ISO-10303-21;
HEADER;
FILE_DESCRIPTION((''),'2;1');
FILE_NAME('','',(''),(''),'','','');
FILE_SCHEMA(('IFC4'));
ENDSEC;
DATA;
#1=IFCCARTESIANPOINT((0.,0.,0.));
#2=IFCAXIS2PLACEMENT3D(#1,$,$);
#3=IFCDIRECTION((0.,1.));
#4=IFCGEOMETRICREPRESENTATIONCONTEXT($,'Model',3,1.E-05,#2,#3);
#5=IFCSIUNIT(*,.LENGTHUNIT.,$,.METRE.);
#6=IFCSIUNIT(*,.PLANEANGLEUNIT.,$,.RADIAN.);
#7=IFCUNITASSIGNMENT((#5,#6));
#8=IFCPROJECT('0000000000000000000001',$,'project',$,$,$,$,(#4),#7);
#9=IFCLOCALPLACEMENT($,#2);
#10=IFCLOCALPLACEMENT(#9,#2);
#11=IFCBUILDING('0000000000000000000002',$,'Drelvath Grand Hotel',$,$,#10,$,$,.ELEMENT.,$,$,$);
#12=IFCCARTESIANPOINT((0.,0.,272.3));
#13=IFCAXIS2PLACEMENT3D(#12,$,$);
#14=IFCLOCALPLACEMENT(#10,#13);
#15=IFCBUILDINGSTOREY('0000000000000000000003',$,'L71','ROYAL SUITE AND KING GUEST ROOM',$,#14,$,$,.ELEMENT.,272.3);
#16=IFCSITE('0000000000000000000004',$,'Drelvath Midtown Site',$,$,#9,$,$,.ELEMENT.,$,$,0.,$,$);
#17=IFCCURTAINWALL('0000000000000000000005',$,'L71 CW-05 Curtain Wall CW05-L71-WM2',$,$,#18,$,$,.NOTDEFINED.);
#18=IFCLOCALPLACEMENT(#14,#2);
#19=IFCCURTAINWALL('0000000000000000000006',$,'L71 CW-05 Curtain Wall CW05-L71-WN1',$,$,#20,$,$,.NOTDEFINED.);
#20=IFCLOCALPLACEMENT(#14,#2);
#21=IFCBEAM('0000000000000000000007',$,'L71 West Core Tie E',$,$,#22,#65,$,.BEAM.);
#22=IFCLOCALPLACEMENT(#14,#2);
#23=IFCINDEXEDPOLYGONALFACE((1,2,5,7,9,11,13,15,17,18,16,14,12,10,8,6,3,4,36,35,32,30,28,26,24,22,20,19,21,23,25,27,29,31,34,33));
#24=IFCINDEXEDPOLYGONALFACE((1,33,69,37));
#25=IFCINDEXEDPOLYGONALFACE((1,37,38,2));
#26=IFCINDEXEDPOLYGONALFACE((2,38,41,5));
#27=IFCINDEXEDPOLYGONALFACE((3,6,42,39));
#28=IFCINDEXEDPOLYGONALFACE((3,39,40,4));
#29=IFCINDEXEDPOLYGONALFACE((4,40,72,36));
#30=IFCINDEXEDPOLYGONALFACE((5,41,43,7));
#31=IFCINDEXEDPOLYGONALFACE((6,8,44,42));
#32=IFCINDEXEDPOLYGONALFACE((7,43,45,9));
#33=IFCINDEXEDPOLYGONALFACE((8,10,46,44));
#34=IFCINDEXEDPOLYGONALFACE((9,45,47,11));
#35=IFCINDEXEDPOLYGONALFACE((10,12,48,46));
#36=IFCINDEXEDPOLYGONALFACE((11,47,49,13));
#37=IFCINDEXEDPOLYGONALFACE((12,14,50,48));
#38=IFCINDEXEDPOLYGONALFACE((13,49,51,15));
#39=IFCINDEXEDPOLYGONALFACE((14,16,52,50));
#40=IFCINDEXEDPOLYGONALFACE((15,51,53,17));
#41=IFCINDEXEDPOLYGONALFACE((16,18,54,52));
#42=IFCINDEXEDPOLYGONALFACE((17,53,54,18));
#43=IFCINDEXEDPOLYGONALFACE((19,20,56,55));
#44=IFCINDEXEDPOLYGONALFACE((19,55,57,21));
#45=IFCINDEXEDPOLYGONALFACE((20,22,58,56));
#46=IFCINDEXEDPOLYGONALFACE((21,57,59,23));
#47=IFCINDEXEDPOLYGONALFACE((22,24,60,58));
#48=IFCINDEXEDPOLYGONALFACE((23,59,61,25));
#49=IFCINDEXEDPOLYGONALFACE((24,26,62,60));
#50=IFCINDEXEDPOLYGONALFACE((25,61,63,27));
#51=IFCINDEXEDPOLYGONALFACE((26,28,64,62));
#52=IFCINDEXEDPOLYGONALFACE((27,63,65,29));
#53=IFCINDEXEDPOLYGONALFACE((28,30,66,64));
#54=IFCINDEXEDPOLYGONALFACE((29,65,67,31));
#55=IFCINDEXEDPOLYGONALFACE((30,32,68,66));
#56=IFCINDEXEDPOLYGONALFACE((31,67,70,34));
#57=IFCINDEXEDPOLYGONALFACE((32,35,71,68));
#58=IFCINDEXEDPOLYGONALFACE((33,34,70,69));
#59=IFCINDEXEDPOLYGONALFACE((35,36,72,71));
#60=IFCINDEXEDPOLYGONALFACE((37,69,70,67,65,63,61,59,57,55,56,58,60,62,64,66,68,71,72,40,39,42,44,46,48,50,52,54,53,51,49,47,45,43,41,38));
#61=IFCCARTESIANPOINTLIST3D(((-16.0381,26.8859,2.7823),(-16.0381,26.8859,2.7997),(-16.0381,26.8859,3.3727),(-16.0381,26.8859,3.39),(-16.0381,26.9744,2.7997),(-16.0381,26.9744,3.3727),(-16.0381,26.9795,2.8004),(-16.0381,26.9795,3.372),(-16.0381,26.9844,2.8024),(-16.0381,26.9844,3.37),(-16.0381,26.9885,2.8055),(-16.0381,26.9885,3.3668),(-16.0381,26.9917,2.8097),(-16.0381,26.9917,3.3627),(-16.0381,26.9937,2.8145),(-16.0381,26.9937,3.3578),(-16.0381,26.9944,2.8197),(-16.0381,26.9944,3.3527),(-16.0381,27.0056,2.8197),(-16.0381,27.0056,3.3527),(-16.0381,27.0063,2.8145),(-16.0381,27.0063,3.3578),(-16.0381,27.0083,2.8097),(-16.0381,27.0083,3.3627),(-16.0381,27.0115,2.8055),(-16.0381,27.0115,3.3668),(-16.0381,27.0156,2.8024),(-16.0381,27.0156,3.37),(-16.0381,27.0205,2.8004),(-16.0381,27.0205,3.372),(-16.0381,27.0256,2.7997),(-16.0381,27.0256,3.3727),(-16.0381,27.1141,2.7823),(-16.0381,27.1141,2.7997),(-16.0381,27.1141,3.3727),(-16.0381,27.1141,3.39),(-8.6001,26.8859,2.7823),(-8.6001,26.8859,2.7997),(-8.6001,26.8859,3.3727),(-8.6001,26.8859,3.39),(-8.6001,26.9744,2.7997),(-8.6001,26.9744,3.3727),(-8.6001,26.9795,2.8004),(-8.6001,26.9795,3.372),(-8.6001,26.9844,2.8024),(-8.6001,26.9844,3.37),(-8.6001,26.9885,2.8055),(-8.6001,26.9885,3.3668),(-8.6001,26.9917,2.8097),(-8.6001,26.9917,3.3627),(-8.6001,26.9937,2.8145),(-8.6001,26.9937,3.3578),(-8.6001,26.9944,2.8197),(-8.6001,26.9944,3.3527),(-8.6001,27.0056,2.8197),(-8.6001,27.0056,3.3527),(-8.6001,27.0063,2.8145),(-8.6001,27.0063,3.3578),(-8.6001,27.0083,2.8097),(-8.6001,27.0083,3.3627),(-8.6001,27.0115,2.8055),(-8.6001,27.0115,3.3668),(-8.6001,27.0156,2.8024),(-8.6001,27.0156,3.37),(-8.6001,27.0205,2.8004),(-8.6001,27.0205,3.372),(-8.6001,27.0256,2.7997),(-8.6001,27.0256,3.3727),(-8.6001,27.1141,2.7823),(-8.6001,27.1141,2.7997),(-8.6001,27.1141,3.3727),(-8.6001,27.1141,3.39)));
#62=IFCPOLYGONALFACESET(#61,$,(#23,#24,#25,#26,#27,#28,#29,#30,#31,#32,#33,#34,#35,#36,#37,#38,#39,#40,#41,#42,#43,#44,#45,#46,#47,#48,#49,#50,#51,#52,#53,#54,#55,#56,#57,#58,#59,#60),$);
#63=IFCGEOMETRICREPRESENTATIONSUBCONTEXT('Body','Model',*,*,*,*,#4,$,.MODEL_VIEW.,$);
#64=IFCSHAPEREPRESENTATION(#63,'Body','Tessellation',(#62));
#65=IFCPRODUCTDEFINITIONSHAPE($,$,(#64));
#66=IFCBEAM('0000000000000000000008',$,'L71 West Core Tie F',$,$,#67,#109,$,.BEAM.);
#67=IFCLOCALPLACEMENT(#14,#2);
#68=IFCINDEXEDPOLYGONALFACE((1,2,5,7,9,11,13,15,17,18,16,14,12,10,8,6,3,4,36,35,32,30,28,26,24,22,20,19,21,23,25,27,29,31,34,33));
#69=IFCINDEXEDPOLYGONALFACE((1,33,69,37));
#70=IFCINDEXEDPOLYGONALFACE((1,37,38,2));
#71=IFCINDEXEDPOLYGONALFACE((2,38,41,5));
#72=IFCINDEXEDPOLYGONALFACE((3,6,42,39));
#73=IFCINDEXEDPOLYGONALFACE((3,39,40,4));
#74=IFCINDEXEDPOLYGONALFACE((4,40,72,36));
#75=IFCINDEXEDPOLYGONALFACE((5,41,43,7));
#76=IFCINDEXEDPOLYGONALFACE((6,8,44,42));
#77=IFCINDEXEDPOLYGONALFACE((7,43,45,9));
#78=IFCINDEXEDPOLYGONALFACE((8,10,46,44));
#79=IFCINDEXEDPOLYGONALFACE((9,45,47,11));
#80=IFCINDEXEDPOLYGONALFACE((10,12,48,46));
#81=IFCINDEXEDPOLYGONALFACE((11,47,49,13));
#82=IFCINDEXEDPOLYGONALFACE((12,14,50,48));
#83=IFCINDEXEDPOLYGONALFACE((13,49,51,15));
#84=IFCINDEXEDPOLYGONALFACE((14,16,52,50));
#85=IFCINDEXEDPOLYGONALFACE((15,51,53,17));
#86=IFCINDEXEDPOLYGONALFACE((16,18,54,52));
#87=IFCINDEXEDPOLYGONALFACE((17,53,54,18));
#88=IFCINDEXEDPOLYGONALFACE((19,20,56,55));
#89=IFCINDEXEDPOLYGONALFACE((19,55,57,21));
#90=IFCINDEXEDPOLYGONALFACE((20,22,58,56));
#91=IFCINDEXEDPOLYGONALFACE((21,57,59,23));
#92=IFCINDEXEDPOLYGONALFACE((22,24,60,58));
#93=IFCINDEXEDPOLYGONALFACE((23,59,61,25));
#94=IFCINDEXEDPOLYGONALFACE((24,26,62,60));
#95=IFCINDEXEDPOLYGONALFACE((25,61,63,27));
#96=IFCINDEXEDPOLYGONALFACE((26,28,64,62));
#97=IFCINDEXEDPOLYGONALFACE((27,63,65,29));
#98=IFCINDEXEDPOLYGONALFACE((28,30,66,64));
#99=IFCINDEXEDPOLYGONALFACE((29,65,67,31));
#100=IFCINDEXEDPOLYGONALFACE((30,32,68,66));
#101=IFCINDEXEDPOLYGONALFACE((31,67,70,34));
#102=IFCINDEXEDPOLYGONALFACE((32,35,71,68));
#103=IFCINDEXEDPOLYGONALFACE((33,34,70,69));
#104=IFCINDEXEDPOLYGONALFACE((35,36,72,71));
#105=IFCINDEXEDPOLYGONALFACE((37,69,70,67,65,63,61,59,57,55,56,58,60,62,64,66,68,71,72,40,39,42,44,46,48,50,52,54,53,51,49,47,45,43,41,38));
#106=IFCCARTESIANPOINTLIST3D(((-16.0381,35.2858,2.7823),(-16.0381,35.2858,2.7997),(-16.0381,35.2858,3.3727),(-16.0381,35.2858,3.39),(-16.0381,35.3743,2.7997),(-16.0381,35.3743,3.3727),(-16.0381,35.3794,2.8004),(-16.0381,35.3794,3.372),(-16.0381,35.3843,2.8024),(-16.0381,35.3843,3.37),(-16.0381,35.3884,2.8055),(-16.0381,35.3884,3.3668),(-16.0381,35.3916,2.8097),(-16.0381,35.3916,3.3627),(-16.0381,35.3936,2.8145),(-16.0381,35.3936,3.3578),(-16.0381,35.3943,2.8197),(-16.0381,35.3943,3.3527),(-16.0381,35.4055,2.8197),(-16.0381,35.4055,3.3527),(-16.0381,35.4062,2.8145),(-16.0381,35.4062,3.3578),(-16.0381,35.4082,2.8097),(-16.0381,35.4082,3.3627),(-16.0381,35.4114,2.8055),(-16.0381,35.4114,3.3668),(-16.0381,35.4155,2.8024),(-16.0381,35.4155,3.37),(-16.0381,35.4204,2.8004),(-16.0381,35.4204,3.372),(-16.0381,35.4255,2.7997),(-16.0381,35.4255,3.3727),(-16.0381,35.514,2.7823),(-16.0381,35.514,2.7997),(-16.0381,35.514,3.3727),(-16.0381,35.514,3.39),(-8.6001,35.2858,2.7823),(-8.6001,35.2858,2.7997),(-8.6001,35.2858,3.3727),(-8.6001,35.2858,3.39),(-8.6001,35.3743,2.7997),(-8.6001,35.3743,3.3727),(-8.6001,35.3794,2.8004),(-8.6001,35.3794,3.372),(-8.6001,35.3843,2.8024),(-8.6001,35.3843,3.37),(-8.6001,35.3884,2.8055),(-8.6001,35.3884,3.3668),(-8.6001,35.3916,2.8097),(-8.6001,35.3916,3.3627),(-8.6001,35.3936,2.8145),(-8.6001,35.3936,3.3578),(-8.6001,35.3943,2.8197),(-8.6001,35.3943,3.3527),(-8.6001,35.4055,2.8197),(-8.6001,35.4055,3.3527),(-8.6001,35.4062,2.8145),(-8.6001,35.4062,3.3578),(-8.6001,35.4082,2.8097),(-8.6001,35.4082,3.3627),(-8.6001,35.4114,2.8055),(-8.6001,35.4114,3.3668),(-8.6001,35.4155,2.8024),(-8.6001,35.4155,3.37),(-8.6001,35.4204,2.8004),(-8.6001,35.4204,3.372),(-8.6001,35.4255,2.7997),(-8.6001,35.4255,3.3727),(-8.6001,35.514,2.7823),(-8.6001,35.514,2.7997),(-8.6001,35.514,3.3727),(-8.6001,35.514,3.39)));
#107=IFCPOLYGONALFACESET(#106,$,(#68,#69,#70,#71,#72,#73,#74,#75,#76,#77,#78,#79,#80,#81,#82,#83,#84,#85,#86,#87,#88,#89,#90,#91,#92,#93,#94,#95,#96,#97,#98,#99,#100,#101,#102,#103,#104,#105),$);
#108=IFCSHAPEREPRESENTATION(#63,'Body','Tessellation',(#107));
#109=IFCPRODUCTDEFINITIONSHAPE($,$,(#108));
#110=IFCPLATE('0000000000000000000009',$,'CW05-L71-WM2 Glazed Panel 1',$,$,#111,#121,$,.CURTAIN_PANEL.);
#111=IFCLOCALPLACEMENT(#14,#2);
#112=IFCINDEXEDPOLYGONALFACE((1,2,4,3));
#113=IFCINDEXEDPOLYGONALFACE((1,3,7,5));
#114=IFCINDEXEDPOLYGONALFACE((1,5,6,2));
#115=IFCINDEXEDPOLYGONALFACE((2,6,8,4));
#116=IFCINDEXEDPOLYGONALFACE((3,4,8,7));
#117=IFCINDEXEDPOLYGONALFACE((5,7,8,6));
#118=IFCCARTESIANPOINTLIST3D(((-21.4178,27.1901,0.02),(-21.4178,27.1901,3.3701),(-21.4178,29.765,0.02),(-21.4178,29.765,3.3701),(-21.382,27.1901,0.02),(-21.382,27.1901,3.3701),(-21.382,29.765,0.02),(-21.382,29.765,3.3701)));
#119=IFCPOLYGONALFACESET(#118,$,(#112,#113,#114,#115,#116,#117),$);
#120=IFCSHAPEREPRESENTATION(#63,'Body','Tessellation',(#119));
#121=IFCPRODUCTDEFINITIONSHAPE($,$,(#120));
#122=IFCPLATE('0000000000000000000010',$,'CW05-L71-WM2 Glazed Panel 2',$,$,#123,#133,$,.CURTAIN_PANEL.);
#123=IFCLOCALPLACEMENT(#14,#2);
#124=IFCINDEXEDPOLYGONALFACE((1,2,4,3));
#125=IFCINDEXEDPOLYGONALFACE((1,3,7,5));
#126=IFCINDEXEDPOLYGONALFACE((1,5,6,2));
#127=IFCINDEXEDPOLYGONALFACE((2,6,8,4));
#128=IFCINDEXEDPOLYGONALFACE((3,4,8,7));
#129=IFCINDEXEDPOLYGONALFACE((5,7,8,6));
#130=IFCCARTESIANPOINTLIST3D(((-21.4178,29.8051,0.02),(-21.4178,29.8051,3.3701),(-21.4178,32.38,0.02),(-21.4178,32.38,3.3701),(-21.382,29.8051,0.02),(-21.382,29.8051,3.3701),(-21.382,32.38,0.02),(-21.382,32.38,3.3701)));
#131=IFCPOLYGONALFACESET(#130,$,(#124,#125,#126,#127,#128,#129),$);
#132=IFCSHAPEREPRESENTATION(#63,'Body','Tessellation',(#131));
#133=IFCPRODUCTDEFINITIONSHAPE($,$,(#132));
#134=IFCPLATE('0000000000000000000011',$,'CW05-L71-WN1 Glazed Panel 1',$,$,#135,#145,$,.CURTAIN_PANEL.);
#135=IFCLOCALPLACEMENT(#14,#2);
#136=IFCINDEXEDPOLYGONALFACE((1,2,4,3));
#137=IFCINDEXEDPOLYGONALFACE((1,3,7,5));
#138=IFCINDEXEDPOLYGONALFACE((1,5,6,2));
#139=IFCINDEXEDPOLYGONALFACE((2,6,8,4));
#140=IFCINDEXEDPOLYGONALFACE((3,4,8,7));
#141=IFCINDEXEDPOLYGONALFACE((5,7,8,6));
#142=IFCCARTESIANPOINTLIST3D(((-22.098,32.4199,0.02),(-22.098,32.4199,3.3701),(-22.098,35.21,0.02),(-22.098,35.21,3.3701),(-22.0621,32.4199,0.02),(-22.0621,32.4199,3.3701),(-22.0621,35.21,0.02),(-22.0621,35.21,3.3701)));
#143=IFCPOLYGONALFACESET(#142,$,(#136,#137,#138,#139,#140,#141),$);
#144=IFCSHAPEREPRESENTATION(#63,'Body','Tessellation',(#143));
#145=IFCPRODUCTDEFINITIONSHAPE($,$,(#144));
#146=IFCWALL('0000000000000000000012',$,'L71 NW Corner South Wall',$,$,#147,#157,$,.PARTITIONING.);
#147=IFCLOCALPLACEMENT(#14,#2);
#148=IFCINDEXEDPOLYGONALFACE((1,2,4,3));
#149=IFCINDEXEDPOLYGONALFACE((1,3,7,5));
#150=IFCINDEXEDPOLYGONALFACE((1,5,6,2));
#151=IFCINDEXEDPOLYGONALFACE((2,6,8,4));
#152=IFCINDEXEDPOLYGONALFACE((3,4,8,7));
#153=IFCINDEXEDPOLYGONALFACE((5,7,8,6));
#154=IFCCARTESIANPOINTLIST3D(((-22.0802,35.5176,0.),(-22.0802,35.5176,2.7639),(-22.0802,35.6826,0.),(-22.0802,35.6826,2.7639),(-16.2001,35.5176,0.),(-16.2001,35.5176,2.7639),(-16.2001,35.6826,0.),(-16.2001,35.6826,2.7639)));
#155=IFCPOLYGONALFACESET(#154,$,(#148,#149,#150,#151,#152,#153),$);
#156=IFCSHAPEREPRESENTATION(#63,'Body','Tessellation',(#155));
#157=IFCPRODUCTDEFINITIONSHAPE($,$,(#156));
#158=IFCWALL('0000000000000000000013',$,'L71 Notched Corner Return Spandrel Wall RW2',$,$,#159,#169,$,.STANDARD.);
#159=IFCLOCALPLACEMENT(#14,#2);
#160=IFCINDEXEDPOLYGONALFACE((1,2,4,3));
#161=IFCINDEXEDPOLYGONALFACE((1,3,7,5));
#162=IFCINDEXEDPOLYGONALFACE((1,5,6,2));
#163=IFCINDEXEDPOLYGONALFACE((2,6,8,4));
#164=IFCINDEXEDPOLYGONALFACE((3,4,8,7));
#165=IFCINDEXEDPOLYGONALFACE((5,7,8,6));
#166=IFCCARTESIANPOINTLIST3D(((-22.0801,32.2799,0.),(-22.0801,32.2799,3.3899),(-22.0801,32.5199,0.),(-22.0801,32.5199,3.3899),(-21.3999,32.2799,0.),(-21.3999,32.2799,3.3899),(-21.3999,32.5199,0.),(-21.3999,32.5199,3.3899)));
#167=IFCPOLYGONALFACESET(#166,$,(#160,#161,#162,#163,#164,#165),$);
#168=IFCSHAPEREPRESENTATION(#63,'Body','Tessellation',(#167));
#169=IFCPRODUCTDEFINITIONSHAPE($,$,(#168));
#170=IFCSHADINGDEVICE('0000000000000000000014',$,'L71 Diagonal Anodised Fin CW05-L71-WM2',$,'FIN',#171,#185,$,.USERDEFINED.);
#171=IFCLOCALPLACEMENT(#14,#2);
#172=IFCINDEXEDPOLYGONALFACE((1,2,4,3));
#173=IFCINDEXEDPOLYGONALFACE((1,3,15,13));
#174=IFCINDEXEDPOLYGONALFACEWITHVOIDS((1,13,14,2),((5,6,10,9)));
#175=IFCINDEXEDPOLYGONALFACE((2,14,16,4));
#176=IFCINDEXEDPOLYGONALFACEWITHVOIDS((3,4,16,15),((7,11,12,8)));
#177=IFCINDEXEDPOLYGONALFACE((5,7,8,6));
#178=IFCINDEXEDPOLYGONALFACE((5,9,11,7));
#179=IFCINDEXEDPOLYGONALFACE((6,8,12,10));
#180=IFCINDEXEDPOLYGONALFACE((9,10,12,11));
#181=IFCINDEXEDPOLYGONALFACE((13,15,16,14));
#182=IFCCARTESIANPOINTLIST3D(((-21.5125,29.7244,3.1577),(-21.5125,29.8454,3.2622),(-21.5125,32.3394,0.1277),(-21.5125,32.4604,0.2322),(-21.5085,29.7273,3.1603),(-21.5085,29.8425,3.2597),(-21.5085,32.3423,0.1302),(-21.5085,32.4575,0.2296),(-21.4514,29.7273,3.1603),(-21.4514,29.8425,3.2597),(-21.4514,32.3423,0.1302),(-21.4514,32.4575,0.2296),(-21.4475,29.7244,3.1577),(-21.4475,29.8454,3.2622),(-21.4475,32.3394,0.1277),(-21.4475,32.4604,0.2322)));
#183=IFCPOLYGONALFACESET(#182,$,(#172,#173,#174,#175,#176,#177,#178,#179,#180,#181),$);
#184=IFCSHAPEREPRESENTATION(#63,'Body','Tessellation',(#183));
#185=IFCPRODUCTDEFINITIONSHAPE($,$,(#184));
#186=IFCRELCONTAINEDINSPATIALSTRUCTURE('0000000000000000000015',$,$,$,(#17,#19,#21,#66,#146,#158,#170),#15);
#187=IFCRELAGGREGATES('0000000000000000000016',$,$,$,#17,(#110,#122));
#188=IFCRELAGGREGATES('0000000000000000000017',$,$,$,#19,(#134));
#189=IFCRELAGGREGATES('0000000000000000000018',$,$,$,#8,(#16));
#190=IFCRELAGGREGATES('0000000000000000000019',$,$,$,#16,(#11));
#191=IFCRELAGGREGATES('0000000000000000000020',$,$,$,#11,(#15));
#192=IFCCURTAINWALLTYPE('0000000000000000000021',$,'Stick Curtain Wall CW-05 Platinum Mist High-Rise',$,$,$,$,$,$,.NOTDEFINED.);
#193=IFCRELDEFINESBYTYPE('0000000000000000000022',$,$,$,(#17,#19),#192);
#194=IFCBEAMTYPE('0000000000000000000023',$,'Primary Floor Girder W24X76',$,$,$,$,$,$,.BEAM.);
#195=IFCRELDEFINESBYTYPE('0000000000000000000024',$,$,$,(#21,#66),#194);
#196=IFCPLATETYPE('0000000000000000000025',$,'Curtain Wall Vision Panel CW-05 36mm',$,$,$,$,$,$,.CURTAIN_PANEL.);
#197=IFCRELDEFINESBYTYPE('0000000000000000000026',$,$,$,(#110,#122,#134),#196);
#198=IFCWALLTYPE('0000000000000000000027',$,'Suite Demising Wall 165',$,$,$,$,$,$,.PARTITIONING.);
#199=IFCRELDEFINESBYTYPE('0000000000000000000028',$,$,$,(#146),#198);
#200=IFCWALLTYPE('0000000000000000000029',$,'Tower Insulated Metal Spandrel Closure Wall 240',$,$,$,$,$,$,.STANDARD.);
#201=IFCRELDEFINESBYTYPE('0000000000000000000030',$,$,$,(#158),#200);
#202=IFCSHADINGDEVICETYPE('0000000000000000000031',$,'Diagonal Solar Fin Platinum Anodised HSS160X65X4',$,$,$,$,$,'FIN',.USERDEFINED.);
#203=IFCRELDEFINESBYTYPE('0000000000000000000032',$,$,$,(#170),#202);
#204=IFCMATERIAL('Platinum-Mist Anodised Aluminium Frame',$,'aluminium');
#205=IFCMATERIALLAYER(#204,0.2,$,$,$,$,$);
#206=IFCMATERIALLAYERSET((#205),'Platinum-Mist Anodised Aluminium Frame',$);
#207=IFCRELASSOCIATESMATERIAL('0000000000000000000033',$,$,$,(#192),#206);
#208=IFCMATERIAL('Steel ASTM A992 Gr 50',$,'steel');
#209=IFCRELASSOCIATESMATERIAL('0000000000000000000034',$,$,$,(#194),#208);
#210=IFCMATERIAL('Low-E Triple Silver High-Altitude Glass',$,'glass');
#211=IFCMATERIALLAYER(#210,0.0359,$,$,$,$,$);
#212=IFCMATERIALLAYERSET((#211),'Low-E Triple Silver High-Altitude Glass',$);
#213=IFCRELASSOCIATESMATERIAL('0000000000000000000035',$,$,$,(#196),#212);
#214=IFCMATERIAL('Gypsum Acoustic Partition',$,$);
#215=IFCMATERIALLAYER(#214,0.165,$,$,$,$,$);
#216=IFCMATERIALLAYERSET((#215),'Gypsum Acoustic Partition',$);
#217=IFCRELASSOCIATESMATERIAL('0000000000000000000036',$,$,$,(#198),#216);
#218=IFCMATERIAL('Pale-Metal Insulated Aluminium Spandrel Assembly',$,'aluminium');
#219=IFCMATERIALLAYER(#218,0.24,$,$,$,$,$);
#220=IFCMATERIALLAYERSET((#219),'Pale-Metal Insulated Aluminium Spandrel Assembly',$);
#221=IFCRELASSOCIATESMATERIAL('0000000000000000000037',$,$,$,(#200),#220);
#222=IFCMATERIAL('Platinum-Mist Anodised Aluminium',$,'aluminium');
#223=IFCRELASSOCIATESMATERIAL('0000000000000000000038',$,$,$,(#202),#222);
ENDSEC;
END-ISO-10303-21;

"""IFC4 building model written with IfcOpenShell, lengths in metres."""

from ifc_helpers import new_model, si_unit, direction, frame, frame_2d, origin, origin_2d, place, context, subcontext, project, spatial, rectangle, hollow_rectangle, i_section, extrude, material, layer, layer_set, material_profile, profile_set, type_object, element, aggregate, save


model = new_model("IFC4")

# Units and contexts
model_context = context("Model", 3, precision=1e-05, world=origin(), true_north=direction((0.0, 1.0)))
body_context = subcontext(model_context, "Body", "Model", "MODEL_VIEW")
ifc_project = project(units=[si_unit("LENGTHUNIT", "METRE"), si_unit("PLANEANGLEUNIT", "RADIAN")], contexts=[model_context])

# Site, building, storey
site_placement = place(None, origin())
site = spatial("IfcSite", under=ifc_project, at=site_placement, Name="Drelvath Midtown Site", CompositionType="ELEMENT", RefElevation=0.0)
building_placement = place(site_placement, origin())
building = spatial("IfcBuilding", under=site, at=building_placement, Name="Drelvath Grand Hotel", CompositionType="ELEMENT")
storey_placement = place(building_placement, frame((0.0, 0.0, 272.3)))
storey = spatial("IfcBuildingStorey", under=building, at=storey_placement, Name="L71", Description="ROYAL SUITE AND KING GUEST ROOM", CompositionType="ELEMENT", Elevation=272.3)

# Curtain walls
ifc_material_1 = material(Name="Platinum-Mist Anodised Aluminium Frame", Category="aluminium")
ifc_layer_1 = layer(ifc_material_1, 0.2)
ifc_layer_set_1 = layer_set([ifc_layer_1], Name="Platinum-Mist Anodised Aluminium Frame")
curtain_wall_type = type_object("IfcCurtainWallType", Name="Stick Curtain Wall CW-05 Platinum Mist High-Rise", PredefinedType="NOTDEFINED", material=ifc_layer_set_1)
curtain_wall_1_placement = place(storey_placement, origin())
curtain_wall_1 = element("IfcCurtainWall", 1, at=curtain_wall_1_placement, inside=storey, type_object=curtain_wall_type, Name="L71 CW-05 Curtain Wall CW05-L71-WM2", PredefinedType="NOTDEFINED")
curtain_wall_2_placement = place(storey_placement, origin())
curtain_wall_2 = element("IfcCurtainWall", 2, at=curtain_wall_2_placement, inside=storey, type_object=curtain_wall_type, Name="L71 CW-05 Curtain Wall CW05-L71-WN1", PredefinedType="NOTDEFINED")

# Beams
ifc_material_2 = material(Name="Steel ASTM A992 Gr 50", Category="steel")
ifc_material_profile_1 = material_profile(ifc_material_2, i_section(OverallWidth=0.2283, OverallDepth=0.6077, WebThickness=0.0112, FlangeThickness=0.0173, FilletRadius=0.02, at=origin_2d()), Name="W24X76")
ifc_profile_set_1 = profile_set([ifc_material_profile_1], Name="Steel ASTM A992 Gr 50")
beam_type_1 = type_object("IfcBeamType", Name="Primary Floor Girder W24X76", PredefinedType="BEAM", material=ifc_profile_set_1)
for number, where, z_axis, x_axis, name in (
    (3, (-16.0381, 27.0, 3.0862), (1.0, 0.0, 0.0), (0.0, 1.0, 0.0), "L71 West Core Tie E"),
    (4, (-16.0381, 35.3999, 3.0862), (1.0, 0.0, 0.0), (0.0, 1.0, 0.0), "L71 West Core Tie F"),
):
    element("IfcBeam", number, at=place(storey_placement, frame(where, z_axis=z_axis, x_axis=x_axis)), inside=storey, type_object=beam_type_1, Name=name, PredefinedType="BEAM", context=body_context, shape_type="SweptSolid", body=[
        extrude(i_section(OverallWidth=0.2283, OverallDepth=0.6077, WebThickness=0.0112, FlangeThickness=0.0173, FilletRadius=0.02, at=origin_2d()), origin(), (0.0, 0.0, 1.0), 7.438),
    ])

# Plates
ifc_material_3 = material(Name="Low-E Triple Silver High-Altitude Glass", Category="glass")
ifc_layer_2 = layer(ifc_material_3, 0.0359)
ifc_layer_set_2 = layer_set([ifc_layer_2], Name="Low-E Triple Silver High-Altitude Glass")
plate_type = type_object("IfcPlateType", Name="Curtain Wall Vision Panel CW-05 36mm", PredefinedType="CURTAIN_PANEL", material=ifc_layer_set_2)
plate_1_placement = place(storey_placement, frame((-21.3999, 28.4775, 0.02), z_axis=(0.0, 0.0, 1.0), x_axis=(0.0, 1.0, 0.0)))
plate_1 = element("IfcPlate", 5, at=plate_1_placement, type_object=plate_type, Name="CW05-L71-WM2 Glazed Panel 1", PredefinedType="CURTAIN_PANEL", context=body_context, shape_type="SweptSolid", body=[
    extrude(rectangle(XDim=2.575, YDim=0.0359, at=origin_2d()), origin(), (0.0, 0.0, 1.0), 3.3501),
])
plate_2_placement = place(storey_placement, frame((-21.3999, 31.0925, 0.02), z_axis=(0.0, 0.0, 1.0), x_axis=(0.0, 1.0, 0.0)))
plate_2 = element("IfcPlate", 6, at=plate_2_placement, type_object=plate_type, Name="CW05-L71-WM2 Glazed Panel 2", PredefinedType="CURTAIN_PANEL", context=body_context, shape_type="SweptSolid", body=[
    extrude(rectangle(XDim=2.575, YDim=0.0359, at=origin_2d()), origin(), (0.0, 0.0, 1.0), 3.3501),
])
aggregate(curtain_wall_1, [plate_1, plate_2])
plate_3_placement = place(storey_placement, frame((-22.0801, 33.8149, 0.02), z_axis=(0.0, 0.0, 1.0), x_axis=(0.0, 1.0, 0.0)))
plate_3 = element("IfcPlate", 7, at=plate_3_placement, type_object=plate_type, Name="CW05-L71-WN1 Glazed Panel 1", PredefinedType="CURTAIN_PANEL", context=body_context, shape_type="SweptSolid", body=[
    extrude(rectangle(XDim=2.79, YDim=0.0359, at=origin_2d()), origin(), (0.0, 0.0, 1.0), 3.3501),
])
aggregate(curtain_wall_2, [plate_3])

# Walls
ifc_material_4 = material(Name="Gypsum Acoustic Partition")
ifc_layer_3 = layer(ifc_material_4, 0.165)
ifc_layer_set_3 = layer_set([ifc_layer_3], Name="Gypsum Acoustic Partition")
wall_type_1 = type_object("IfcWallType", Name="Suite Demising Wall 165", PredefinedType="PARTITIONING", material=ifc_layer_set_3)
wall_1_placement = place(storey_placement, frame((-22.0801, 35.6001, 0.0), z_axis=(0.0, 0.0, 1.0), x_axis=(1.0, 0.0, 0.0)))
element("IfcWall", 8, at=wall_1_placement, inside=storey, type_object=wall_type_1, Name="L71 NW Corner South Wall", PredefinedType="PARTITIONING", context=body_context, shape_type="SweptSolid", body=[
    extrude(rectangle(XDim=5.8801, YDim=0.165, at=frame_2d((2.9399, 0.0))), origin(), (0.0, 0.0, 1.0), 2.7639),
])
ifc_material_5 = material(Name="Pale-Metal Insulated Aluminium Spandrel Assembly", Category="aluminium")
ifc_layer_4 = layer(ifc_material_5, 0.24)
ifc_layer_set_4 = layer_set([ifc_layer_4], Name="Pale-Metal Insulated Aluminium Spandrel Assembly")
wall_type_2 = type_object("IfcWallType", Name="Tower Insulated Metal Spandrel Closure Wall 240", PredefinedType="STANDARD", material=ifc_layer_set_4)
wall_2_placement = place(storey_placement, frame((-21.3999, 32.3999, 0.0), z_axis=(0.0, 0.0, 1.0), x_axis=(-1.0, 0.0, 0.0)))
element("IfcWall", 9, at=wall_2_placement, inside=storey, type_object=wall_type_2, Name="L71 Notched Corner Return Spandrel Wall RW2", PredefinedType="STANDARD", context=body_context, shape_type="SweptSolid", body=[
    extrude(rectangle(XDim=0.6802, YDim=0.24, at=frame_2d((0.3401, 0.0))), origin(), (0.0, 0.0, 1.0), 3.3899),
])

# Shading device
ifc_material_6 = material(Name="Platinum-Mist Anodised Aluminium", Category="aluminium")
ifc_material_profile_2 = material_profile(ifc_material_6, hollow_rectangle(XDim=0.0649, YDim=0.1599, WallThickness=0.0039, at=origin_2d()), Name="HSS160X65X4")
ifc_profile_set_2 = profile_set([ifc_material_profile_2], Name="Platinum-Mist Anodised Aluminium")
shading_device_type = type_object("IfcShadingDeviceType", Name="Diagonal Solar Fin Platinum Anodised HSS160X65X4", ElementType="FIN", PredefinedType="USERDEFINED", material=ifc_profile_set_2)
shading_device_placement = place(storey_placement, frame((-21.48, 32.3999, 0.1799), z_axis=(0.0, -0.653355, 0.757052), x_axis=(1.0, 0.0, 0.0)))
element("IfcShadingDevice", 10, at=shading_device_placement, inside=storey, type_object=shading_device_type, Name="L71 Diagonal Anodised Fin CW05-L71-WM2", ObjectType="FIN", PredefinedType="USERDEFINED", context=body_context, shape_type="SweptSolid", body=[
    extrude(hollow_rectangle(XDim=0.0649, YDim=0.1599, WallThickness=0.0039, at=origin_2d()), origin(), (0.0, 0.0, 1.0), 4.0024),
])

save(model, "model.ifc")
